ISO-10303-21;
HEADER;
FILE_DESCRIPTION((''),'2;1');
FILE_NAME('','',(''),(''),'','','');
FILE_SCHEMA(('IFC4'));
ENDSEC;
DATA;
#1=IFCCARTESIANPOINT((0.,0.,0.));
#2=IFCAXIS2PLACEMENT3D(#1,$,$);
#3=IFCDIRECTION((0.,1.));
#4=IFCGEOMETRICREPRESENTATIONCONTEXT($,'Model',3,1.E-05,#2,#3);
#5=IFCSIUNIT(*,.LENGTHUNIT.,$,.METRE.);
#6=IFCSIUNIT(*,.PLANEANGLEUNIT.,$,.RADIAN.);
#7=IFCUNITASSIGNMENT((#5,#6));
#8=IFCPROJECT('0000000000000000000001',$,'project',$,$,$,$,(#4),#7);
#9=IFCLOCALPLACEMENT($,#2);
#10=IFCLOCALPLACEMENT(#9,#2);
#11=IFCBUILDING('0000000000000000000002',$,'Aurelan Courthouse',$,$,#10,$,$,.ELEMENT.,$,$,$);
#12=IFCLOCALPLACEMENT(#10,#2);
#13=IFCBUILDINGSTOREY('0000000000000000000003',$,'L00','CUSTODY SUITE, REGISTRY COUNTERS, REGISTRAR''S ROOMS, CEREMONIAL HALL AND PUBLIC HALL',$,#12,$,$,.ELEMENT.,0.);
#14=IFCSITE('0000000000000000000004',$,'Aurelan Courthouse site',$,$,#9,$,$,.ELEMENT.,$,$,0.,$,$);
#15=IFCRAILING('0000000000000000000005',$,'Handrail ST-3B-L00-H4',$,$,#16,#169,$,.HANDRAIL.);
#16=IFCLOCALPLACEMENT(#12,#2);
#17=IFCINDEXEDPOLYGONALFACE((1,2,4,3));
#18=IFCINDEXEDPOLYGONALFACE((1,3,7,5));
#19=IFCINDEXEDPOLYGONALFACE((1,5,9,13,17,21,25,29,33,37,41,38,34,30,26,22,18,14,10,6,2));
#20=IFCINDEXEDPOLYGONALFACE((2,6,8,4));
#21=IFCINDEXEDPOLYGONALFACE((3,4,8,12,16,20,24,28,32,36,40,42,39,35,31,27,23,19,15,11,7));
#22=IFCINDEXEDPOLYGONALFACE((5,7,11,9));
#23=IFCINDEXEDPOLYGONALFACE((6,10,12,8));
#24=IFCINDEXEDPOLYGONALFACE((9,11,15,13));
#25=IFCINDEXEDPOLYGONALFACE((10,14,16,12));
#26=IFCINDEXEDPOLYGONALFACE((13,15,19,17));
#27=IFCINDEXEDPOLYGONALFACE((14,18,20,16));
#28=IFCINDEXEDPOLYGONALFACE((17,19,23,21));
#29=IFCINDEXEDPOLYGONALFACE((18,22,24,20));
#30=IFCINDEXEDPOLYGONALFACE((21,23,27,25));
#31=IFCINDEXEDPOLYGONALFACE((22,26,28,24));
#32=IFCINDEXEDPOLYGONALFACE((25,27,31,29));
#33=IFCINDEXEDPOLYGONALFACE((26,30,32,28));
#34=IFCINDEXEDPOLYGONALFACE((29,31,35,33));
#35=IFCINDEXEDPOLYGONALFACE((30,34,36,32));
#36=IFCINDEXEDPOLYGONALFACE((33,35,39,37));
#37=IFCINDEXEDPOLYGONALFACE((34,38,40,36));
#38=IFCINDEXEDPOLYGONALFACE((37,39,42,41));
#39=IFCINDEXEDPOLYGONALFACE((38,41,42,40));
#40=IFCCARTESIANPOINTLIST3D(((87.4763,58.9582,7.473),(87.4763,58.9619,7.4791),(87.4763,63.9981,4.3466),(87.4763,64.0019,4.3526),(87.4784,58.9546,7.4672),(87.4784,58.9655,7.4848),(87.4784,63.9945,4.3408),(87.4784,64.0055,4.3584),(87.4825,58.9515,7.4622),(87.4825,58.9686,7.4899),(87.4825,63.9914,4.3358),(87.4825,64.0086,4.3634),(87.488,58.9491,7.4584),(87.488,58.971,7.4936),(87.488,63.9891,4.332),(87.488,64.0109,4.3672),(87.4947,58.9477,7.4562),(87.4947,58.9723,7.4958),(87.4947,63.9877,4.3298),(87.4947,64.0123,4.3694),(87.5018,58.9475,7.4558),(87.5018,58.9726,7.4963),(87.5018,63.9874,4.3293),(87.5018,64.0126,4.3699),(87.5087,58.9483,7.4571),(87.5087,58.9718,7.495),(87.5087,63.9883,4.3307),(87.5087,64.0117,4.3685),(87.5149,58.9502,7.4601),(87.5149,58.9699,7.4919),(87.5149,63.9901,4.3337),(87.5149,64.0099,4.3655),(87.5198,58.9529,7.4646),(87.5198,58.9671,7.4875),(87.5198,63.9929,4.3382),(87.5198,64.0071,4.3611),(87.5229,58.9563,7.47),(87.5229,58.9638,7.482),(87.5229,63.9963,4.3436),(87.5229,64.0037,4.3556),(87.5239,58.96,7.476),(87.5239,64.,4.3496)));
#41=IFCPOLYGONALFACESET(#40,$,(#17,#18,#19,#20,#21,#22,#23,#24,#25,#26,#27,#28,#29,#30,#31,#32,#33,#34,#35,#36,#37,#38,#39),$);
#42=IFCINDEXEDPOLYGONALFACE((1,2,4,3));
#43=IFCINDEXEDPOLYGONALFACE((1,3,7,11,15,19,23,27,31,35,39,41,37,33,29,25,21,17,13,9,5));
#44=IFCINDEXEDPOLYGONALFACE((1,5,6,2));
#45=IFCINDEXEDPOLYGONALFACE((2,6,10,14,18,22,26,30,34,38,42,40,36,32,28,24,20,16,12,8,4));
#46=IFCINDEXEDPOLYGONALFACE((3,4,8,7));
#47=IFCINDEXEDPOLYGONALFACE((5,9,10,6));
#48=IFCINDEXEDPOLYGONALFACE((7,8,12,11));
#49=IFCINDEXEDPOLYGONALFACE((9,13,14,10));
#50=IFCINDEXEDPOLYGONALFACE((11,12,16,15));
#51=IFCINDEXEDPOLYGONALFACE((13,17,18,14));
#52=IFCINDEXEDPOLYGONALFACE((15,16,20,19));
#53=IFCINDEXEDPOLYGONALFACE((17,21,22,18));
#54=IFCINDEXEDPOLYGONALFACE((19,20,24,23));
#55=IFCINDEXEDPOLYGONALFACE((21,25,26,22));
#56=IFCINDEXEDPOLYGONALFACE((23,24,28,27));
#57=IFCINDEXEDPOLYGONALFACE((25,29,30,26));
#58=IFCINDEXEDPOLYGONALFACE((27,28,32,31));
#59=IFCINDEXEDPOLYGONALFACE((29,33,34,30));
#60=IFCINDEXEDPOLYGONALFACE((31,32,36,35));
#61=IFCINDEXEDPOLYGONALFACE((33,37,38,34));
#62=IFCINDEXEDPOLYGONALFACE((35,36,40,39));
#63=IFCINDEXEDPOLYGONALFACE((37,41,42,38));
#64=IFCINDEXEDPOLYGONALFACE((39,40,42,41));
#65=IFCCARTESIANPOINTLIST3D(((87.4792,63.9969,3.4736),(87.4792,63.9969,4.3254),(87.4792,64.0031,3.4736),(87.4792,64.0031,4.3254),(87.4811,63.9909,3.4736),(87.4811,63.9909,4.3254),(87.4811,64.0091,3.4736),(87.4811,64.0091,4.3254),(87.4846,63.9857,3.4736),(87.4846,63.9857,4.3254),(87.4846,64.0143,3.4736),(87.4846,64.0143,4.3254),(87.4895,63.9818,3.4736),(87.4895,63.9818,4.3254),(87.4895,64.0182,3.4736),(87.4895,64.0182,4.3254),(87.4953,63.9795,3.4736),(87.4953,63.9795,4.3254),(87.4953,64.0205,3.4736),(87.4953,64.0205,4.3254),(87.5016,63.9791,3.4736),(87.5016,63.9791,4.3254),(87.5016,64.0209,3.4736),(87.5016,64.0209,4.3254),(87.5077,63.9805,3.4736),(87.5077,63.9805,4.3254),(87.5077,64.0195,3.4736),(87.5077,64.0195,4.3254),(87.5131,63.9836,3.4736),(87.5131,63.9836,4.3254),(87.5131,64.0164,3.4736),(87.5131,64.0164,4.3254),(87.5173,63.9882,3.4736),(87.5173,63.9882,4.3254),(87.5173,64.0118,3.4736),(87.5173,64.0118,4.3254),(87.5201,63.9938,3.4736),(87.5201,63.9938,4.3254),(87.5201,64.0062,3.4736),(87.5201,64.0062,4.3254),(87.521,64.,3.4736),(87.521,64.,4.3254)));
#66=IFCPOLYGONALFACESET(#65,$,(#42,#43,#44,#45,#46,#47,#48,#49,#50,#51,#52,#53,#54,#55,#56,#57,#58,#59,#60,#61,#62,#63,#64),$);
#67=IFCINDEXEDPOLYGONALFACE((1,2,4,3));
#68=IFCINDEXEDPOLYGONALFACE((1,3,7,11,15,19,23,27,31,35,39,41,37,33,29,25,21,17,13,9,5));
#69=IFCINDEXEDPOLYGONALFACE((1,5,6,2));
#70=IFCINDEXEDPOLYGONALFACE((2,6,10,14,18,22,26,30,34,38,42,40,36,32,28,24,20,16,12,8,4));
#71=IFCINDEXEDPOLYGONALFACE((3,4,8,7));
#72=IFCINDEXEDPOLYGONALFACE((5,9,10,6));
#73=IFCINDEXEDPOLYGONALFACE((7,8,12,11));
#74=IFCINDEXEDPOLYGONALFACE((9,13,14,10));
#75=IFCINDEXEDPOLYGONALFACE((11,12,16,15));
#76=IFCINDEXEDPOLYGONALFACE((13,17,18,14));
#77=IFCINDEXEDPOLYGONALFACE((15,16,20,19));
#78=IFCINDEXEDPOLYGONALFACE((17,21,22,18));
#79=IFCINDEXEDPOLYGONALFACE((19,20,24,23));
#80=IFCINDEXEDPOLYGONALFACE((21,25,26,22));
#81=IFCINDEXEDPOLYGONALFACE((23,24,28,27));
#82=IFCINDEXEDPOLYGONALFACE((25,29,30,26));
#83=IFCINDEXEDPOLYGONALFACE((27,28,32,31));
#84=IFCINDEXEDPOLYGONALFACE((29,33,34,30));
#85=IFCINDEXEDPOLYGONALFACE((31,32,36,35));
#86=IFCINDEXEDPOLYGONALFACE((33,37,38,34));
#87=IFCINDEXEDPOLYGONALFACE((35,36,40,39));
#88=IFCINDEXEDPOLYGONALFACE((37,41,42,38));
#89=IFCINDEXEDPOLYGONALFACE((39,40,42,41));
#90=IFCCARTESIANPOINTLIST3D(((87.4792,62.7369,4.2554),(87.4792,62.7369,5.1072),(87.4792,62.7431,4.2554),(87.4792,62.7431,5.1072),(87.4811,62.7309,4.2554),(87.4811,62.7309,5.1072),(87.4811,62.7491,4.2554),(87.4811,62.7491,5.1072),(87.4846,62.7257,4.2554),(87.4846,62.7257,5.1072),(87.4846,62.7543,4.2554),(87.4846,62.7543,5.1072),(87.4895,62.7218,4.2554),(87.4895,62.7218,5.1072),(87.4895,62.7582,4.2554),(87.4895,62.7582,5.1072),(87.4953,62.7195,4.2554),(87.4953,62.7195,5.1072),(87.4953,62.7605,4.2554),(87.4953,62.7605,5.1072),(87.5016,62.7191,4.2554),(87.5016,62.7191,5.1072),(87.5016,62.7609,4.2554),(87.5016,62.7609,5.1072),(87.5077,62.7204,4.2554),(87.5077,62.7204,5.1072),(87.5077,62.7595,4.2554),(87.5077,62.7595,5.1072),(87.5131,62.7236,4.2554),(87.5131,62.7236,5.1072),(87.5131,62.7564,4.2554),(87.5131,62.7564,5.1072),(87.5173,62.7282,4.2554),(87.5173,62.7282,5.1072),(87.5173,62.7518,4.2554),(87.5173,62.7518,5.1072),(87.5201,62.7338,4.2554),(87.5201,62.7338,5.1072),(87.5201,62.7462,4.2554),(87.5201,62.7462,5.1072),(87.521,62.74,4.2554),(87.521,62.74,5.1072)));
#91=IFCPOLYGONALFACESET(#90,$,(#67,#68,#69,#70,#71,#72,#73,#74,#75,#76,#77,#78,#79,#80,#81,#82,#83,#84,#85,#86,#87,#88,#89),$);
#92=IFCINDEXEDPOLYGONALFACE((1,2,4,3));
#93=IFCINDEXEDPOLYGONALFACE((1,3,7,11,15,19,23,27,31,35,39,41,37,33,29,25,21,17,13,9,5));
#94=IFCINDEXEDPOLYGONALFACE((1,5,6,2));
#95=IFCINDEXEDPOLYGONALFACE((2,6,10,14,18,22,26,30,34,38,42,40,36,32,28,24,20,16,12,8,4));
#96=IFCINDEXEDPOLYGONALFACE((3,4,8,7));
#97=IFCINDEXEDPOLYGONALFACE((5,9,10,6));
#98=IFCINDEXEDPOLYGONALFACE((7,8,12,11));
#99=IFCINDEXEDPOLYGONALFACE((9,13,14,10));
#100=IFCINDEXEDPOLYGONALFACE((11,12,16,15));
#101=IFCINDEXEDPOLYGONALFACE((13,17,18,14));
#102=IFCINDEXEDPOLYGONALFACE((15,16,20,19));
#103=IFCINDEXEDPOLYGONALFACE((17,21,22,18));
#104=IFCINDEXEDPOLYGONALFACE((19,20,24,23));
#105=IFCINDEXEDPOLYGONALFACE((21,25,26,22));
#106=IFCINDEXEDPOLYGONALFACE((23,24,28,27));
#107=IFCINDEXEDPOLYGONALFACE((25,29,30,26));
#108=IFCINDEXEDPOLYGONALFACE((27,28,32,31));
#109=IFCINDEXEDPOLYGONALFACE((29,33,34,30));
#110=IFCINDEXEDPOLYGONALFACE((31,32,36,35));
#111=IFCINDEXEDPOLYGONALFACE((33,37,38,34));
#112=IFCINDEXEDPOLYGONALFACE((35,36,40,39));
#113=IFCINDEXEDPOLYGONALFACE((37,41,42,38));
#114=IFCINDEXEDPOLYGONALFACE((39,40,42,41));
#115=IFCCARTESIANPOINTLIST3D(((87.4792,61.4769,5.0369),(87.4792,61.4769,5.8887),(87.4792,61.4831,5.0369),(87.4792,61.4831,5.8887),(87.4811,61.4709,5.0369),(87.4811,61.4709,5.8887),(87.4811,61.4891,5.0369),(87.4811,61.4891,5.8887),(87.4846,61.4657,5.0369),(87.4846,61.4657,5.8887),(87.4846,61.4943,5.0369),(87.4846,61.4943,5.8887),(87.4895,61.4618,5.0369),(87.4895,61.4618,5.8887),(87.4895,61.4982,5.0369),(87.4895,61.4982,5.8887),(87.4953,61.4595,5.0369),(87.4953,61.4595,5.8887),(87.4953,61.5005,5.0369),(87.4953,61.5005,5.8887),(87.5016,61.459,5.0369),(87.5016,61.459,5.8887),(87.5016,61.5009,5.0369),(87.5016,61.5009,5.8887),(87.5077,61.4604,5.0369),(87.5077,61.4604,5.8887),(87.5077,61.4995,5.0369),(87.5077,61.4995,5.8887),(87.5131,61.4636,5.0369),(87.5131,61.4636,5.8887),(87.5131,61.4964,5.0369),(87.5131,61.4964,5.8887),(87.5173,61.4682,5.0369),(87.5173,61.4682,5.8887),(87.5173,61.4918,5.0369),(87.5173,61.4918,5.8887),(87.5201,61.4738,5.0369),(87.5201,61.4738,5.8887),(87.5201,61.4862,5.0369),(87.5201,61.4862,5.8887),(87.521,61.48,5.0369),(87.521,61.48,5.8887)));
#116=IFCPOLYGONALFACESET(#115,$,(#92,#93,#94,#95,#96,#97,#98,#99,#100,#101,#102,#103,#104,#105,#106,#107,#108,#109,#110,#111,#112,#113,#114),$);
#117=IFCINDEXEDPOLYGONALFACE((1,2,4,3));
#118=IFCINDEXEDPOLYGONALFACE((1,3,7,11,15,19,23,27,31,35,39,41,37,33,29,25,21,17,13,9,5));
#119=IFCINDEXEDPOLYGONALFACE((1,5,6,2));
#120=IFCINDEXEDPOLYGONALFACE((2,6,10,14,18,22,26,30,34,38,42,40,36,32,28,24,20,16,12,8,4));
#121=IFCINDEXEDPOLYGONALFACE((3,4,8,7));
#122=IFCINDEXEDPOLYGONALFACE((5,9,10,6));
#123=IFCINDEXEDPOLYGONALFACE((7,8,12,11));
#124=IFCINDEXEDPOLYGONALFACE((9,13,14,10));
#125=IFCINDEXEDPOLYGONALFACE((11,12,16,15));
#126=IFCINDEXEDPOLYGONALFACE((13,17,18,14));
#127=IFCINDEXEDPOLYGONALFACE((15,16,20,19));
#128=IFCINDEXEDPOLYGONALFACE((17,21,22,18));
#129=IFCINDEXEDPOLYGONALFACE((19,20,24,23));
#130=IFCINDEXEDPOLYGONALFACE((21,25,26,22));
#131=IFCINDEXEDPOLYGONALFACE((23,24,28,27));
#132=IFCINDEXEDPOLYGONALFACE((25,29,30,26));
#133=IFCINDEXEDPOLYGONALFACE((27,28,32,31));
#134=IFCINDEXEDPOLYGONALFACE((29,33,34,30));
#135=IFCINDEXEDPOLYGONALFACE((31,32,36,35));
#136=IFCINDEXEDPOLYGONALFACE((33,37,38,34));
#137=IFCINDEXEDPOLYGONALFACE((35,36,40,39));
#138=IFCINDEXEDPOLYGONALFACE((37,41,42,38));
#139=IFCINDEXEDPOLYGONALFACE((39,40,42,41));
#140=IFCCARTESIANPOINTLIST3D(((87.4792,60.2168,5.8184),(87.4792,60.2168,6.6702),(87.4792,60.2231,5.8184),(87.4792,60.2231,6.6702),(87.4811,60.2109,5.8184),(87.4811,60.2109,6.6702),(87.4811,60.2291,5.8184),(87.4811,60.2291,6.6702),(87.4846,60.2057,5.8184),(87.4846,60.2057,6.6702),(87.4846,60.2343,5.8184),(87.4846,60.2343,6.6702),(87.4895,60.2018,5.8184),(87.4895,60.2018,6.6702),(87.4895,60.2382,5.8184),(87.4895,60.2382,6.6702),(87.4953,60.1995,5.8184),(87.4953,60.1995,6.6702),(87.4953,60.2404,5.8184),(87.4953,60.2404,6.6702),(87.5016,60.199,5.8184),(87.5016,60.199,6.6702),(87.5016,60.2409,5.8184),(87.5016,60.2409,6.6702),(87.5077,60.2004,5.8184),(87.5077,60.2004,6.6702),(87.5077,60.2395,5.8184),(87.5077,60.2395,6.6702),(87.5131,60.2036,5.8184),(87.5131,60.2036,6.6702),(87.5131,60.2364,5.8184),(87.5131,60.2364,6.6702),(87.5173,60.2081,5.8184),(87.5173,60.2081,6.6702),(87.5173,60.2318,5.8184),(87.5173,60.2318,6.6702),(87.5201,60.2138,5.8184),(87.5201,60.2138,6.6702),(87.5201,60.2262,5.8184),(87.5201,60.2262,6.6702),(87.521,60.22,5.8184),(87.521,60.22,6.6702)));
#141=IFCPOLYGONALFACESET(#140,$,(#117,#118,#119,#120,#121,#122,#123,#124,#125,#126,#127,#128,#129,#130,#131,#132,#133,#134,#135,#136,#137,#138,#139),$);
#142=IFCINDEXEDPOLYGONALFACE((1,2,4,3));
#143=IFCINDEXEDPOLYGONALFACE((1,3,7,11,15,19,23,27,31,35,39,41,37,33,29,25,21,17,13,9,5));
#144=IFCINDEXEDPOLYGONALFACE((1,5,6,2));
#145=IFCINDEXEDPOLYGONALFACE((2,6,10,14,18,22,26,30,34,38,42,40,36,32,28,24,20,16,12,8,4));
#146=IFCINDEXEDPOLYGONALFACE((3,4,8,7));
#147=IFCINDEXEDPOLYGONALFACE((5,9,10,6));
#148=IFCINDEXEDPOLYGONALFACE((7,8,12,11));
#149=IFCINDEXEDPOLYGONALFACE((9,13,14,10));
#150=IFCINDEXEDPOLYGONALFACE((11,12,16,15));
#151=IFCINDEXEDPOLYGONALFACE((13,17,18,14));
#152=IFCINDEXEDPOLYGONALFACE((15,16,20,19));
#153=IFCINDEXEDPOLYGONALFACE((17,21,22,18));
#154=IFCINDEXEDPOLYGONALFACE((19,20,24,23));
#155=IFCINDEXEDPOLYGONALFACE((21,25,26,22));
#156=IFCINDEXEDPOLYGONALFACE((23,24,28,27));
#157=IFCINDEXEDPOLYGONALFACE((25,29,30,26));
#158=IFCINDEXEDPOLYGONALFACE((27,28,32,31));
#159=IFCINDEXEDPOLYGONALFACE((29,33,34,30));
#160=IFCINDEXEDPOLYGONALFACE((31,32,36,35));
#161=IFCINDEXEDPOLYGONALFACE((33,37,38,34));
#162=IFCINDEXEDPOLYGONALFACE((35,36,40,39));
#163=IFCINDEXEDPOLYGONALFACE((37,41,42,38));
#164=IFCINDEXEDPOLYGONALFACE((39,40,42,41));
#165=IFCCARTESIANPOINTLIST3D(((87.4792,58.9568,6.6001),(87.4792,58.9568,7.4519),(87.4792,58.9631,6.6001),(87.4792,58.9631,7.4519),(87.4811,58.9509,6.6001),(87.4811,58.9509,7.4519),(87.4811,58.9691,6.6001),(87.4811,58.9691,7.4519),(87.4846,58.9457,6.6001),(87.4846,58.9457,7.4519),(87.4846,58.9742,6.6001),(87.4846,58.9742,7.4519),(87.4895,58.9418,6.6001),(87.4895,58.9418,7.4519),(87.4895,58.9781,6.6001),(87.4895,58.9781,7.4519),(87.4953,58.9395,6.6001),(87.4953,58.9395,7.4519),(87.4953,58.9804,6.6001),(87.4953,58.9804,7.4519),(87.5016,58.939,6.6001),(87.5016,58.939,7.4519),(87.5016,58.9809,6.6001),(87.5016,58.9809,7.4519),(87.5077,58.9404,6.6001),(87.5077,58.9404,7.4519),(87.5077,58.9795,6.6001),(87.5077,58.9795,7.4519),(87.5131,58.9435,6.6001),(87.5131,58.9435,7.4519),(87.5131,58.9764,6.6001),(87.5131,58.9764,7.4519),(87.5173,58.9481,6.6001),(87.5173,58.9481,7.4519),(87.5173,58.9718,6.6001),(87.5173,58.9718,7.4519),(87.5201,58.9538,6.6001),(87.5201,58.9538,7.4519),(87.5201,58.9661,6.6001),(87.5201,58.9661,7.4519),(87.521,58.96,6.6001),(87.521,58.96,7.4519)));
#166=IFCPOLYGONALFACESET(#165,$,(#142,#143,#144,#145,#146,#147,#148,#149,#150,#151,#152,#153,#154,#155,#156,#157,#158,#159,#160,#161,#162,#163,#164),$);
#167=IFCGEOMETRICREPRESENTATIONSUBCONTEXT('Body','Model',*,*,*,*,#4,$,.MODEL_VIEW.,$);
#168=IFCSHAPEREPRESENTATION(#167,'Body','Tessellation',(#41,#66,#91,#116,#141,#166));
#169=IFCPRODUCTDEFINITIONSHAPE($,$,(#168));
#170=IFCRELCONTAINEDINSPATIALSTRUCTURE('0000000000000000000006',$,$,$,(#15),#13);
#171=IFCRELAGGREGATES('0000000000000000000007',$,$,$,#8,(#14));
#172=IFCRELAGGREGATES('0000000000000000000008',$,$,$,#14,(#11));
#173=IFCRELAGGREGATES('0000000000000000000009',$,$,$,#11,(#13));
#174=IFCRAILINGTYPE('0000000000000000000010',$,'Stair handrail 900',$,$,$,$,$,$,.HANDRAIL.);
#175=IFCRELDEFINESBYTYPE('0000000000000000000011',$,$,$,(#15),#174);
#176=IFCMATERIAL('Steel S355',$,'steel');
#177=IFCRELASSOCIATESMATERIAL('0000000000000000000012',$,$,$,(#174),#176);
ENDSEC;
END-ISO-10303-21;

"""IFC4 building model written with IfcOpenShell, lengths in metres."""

from ifc_helpers import new_model, si_unit, direction, frame, origin, origin_2d, place, context, subcontext, project, spatial, circle, extrude, material, type_object, element, save


model = new_model("IFC4")

# Units and contexts
model_context = context("Model", 3, precision=1e-05, world=origin(), true_north=direction((0.0, 1.0)))
body_context = subcontext(model_context, "Body", "Model", "MODEL_VIEW")
ifc_project = project(units=[si_unit("LENGTHUNIT", "METRE"), si_unit("PLANEANGLEUNIT", "RADIAN")], contexts=[model_context])

# Site, building, storey
site_placement = place(None, origin())
site = spatial("IfcSite", under=ifc_project, at=site_placement, Name="Aurelan Courthouse site", CompositionType="ELEMENT", RefElevation=0.0)
building_placement = place(site_placement, origin())
building = spatial("IfcBuilding", under=site, at=building_placement, Name="Aurelan Courthouse", CompositionType="ELEMENT")
storey_placement = place(building_placement, origin())
storey = spatial("IfcBuildingStorey", under=building, at=storey_placement, Name="L00", Description="CUSTODY SUITE, REGISTRY COUNTERS, REGISTRAR'S ROOMS, CEREMONIAL HALL AND PUBLIC HALL", CompositionType="ELEMENT", Elevation=0.0)

# Railing
ifc_material_1 = material(Name="Steel S355", Category="steel")
railing_type_1 = type_object("IfcRailingType", Name="Stair handrail 900", PredefinedType="HANDRAIL", material=ifc_material_1)
for number, where, name in (
    (1, (87.5, 64.0, 3.4736), "Handrail ST-3B-L00-H4"),
):
    element("IfcRailing", number, at=place(storey_placement, frame(where)), inside=storey, type_object=railing_type_1, Name=name, PredefinedType="HANDRAIL", context=body_context, shape_type="SweptSolid", body=[
        extrude(circle(Radius=0.0239, at=origin_2d()), frame((0.0, 0.0, 0.876), z_axis=(0.0, -0.849779, 0.527139), x_axis=(1.0, 0.0, 0.0)), (0.0, 0.0, 1.0), 5.9309),
        extrude(circle(Radius=0.021, at=origin_2d()), origin(), (0.0, 0.0, 1.0), 0.8518),
        extrude(circle(Radius=0.021, at=origin_2d()), frame((0.0, -1.26, 0.7817)), (0.0, 0.0, 1.0), 0.8518),
        extrude(circle(Radius=0.021, at=origin_2d()), frame((0.0, -2.52, 1.5632)), (0.0, 0.0, 1.0), 0.8518),
        extrude(circle(Radius=0.021, at=origin_2d()), frame((0.0, -3.78, 2.3447)), (0.0, 0.0, 1.0), 0.8518),
        extrude(circle(Radius=0.021, at=origin_2d()), frame((0.0, -5.04, 3.1265)), (0.0, 0.0, 1.0), 0.8518),
    ])

save(model, "model.ifc")
